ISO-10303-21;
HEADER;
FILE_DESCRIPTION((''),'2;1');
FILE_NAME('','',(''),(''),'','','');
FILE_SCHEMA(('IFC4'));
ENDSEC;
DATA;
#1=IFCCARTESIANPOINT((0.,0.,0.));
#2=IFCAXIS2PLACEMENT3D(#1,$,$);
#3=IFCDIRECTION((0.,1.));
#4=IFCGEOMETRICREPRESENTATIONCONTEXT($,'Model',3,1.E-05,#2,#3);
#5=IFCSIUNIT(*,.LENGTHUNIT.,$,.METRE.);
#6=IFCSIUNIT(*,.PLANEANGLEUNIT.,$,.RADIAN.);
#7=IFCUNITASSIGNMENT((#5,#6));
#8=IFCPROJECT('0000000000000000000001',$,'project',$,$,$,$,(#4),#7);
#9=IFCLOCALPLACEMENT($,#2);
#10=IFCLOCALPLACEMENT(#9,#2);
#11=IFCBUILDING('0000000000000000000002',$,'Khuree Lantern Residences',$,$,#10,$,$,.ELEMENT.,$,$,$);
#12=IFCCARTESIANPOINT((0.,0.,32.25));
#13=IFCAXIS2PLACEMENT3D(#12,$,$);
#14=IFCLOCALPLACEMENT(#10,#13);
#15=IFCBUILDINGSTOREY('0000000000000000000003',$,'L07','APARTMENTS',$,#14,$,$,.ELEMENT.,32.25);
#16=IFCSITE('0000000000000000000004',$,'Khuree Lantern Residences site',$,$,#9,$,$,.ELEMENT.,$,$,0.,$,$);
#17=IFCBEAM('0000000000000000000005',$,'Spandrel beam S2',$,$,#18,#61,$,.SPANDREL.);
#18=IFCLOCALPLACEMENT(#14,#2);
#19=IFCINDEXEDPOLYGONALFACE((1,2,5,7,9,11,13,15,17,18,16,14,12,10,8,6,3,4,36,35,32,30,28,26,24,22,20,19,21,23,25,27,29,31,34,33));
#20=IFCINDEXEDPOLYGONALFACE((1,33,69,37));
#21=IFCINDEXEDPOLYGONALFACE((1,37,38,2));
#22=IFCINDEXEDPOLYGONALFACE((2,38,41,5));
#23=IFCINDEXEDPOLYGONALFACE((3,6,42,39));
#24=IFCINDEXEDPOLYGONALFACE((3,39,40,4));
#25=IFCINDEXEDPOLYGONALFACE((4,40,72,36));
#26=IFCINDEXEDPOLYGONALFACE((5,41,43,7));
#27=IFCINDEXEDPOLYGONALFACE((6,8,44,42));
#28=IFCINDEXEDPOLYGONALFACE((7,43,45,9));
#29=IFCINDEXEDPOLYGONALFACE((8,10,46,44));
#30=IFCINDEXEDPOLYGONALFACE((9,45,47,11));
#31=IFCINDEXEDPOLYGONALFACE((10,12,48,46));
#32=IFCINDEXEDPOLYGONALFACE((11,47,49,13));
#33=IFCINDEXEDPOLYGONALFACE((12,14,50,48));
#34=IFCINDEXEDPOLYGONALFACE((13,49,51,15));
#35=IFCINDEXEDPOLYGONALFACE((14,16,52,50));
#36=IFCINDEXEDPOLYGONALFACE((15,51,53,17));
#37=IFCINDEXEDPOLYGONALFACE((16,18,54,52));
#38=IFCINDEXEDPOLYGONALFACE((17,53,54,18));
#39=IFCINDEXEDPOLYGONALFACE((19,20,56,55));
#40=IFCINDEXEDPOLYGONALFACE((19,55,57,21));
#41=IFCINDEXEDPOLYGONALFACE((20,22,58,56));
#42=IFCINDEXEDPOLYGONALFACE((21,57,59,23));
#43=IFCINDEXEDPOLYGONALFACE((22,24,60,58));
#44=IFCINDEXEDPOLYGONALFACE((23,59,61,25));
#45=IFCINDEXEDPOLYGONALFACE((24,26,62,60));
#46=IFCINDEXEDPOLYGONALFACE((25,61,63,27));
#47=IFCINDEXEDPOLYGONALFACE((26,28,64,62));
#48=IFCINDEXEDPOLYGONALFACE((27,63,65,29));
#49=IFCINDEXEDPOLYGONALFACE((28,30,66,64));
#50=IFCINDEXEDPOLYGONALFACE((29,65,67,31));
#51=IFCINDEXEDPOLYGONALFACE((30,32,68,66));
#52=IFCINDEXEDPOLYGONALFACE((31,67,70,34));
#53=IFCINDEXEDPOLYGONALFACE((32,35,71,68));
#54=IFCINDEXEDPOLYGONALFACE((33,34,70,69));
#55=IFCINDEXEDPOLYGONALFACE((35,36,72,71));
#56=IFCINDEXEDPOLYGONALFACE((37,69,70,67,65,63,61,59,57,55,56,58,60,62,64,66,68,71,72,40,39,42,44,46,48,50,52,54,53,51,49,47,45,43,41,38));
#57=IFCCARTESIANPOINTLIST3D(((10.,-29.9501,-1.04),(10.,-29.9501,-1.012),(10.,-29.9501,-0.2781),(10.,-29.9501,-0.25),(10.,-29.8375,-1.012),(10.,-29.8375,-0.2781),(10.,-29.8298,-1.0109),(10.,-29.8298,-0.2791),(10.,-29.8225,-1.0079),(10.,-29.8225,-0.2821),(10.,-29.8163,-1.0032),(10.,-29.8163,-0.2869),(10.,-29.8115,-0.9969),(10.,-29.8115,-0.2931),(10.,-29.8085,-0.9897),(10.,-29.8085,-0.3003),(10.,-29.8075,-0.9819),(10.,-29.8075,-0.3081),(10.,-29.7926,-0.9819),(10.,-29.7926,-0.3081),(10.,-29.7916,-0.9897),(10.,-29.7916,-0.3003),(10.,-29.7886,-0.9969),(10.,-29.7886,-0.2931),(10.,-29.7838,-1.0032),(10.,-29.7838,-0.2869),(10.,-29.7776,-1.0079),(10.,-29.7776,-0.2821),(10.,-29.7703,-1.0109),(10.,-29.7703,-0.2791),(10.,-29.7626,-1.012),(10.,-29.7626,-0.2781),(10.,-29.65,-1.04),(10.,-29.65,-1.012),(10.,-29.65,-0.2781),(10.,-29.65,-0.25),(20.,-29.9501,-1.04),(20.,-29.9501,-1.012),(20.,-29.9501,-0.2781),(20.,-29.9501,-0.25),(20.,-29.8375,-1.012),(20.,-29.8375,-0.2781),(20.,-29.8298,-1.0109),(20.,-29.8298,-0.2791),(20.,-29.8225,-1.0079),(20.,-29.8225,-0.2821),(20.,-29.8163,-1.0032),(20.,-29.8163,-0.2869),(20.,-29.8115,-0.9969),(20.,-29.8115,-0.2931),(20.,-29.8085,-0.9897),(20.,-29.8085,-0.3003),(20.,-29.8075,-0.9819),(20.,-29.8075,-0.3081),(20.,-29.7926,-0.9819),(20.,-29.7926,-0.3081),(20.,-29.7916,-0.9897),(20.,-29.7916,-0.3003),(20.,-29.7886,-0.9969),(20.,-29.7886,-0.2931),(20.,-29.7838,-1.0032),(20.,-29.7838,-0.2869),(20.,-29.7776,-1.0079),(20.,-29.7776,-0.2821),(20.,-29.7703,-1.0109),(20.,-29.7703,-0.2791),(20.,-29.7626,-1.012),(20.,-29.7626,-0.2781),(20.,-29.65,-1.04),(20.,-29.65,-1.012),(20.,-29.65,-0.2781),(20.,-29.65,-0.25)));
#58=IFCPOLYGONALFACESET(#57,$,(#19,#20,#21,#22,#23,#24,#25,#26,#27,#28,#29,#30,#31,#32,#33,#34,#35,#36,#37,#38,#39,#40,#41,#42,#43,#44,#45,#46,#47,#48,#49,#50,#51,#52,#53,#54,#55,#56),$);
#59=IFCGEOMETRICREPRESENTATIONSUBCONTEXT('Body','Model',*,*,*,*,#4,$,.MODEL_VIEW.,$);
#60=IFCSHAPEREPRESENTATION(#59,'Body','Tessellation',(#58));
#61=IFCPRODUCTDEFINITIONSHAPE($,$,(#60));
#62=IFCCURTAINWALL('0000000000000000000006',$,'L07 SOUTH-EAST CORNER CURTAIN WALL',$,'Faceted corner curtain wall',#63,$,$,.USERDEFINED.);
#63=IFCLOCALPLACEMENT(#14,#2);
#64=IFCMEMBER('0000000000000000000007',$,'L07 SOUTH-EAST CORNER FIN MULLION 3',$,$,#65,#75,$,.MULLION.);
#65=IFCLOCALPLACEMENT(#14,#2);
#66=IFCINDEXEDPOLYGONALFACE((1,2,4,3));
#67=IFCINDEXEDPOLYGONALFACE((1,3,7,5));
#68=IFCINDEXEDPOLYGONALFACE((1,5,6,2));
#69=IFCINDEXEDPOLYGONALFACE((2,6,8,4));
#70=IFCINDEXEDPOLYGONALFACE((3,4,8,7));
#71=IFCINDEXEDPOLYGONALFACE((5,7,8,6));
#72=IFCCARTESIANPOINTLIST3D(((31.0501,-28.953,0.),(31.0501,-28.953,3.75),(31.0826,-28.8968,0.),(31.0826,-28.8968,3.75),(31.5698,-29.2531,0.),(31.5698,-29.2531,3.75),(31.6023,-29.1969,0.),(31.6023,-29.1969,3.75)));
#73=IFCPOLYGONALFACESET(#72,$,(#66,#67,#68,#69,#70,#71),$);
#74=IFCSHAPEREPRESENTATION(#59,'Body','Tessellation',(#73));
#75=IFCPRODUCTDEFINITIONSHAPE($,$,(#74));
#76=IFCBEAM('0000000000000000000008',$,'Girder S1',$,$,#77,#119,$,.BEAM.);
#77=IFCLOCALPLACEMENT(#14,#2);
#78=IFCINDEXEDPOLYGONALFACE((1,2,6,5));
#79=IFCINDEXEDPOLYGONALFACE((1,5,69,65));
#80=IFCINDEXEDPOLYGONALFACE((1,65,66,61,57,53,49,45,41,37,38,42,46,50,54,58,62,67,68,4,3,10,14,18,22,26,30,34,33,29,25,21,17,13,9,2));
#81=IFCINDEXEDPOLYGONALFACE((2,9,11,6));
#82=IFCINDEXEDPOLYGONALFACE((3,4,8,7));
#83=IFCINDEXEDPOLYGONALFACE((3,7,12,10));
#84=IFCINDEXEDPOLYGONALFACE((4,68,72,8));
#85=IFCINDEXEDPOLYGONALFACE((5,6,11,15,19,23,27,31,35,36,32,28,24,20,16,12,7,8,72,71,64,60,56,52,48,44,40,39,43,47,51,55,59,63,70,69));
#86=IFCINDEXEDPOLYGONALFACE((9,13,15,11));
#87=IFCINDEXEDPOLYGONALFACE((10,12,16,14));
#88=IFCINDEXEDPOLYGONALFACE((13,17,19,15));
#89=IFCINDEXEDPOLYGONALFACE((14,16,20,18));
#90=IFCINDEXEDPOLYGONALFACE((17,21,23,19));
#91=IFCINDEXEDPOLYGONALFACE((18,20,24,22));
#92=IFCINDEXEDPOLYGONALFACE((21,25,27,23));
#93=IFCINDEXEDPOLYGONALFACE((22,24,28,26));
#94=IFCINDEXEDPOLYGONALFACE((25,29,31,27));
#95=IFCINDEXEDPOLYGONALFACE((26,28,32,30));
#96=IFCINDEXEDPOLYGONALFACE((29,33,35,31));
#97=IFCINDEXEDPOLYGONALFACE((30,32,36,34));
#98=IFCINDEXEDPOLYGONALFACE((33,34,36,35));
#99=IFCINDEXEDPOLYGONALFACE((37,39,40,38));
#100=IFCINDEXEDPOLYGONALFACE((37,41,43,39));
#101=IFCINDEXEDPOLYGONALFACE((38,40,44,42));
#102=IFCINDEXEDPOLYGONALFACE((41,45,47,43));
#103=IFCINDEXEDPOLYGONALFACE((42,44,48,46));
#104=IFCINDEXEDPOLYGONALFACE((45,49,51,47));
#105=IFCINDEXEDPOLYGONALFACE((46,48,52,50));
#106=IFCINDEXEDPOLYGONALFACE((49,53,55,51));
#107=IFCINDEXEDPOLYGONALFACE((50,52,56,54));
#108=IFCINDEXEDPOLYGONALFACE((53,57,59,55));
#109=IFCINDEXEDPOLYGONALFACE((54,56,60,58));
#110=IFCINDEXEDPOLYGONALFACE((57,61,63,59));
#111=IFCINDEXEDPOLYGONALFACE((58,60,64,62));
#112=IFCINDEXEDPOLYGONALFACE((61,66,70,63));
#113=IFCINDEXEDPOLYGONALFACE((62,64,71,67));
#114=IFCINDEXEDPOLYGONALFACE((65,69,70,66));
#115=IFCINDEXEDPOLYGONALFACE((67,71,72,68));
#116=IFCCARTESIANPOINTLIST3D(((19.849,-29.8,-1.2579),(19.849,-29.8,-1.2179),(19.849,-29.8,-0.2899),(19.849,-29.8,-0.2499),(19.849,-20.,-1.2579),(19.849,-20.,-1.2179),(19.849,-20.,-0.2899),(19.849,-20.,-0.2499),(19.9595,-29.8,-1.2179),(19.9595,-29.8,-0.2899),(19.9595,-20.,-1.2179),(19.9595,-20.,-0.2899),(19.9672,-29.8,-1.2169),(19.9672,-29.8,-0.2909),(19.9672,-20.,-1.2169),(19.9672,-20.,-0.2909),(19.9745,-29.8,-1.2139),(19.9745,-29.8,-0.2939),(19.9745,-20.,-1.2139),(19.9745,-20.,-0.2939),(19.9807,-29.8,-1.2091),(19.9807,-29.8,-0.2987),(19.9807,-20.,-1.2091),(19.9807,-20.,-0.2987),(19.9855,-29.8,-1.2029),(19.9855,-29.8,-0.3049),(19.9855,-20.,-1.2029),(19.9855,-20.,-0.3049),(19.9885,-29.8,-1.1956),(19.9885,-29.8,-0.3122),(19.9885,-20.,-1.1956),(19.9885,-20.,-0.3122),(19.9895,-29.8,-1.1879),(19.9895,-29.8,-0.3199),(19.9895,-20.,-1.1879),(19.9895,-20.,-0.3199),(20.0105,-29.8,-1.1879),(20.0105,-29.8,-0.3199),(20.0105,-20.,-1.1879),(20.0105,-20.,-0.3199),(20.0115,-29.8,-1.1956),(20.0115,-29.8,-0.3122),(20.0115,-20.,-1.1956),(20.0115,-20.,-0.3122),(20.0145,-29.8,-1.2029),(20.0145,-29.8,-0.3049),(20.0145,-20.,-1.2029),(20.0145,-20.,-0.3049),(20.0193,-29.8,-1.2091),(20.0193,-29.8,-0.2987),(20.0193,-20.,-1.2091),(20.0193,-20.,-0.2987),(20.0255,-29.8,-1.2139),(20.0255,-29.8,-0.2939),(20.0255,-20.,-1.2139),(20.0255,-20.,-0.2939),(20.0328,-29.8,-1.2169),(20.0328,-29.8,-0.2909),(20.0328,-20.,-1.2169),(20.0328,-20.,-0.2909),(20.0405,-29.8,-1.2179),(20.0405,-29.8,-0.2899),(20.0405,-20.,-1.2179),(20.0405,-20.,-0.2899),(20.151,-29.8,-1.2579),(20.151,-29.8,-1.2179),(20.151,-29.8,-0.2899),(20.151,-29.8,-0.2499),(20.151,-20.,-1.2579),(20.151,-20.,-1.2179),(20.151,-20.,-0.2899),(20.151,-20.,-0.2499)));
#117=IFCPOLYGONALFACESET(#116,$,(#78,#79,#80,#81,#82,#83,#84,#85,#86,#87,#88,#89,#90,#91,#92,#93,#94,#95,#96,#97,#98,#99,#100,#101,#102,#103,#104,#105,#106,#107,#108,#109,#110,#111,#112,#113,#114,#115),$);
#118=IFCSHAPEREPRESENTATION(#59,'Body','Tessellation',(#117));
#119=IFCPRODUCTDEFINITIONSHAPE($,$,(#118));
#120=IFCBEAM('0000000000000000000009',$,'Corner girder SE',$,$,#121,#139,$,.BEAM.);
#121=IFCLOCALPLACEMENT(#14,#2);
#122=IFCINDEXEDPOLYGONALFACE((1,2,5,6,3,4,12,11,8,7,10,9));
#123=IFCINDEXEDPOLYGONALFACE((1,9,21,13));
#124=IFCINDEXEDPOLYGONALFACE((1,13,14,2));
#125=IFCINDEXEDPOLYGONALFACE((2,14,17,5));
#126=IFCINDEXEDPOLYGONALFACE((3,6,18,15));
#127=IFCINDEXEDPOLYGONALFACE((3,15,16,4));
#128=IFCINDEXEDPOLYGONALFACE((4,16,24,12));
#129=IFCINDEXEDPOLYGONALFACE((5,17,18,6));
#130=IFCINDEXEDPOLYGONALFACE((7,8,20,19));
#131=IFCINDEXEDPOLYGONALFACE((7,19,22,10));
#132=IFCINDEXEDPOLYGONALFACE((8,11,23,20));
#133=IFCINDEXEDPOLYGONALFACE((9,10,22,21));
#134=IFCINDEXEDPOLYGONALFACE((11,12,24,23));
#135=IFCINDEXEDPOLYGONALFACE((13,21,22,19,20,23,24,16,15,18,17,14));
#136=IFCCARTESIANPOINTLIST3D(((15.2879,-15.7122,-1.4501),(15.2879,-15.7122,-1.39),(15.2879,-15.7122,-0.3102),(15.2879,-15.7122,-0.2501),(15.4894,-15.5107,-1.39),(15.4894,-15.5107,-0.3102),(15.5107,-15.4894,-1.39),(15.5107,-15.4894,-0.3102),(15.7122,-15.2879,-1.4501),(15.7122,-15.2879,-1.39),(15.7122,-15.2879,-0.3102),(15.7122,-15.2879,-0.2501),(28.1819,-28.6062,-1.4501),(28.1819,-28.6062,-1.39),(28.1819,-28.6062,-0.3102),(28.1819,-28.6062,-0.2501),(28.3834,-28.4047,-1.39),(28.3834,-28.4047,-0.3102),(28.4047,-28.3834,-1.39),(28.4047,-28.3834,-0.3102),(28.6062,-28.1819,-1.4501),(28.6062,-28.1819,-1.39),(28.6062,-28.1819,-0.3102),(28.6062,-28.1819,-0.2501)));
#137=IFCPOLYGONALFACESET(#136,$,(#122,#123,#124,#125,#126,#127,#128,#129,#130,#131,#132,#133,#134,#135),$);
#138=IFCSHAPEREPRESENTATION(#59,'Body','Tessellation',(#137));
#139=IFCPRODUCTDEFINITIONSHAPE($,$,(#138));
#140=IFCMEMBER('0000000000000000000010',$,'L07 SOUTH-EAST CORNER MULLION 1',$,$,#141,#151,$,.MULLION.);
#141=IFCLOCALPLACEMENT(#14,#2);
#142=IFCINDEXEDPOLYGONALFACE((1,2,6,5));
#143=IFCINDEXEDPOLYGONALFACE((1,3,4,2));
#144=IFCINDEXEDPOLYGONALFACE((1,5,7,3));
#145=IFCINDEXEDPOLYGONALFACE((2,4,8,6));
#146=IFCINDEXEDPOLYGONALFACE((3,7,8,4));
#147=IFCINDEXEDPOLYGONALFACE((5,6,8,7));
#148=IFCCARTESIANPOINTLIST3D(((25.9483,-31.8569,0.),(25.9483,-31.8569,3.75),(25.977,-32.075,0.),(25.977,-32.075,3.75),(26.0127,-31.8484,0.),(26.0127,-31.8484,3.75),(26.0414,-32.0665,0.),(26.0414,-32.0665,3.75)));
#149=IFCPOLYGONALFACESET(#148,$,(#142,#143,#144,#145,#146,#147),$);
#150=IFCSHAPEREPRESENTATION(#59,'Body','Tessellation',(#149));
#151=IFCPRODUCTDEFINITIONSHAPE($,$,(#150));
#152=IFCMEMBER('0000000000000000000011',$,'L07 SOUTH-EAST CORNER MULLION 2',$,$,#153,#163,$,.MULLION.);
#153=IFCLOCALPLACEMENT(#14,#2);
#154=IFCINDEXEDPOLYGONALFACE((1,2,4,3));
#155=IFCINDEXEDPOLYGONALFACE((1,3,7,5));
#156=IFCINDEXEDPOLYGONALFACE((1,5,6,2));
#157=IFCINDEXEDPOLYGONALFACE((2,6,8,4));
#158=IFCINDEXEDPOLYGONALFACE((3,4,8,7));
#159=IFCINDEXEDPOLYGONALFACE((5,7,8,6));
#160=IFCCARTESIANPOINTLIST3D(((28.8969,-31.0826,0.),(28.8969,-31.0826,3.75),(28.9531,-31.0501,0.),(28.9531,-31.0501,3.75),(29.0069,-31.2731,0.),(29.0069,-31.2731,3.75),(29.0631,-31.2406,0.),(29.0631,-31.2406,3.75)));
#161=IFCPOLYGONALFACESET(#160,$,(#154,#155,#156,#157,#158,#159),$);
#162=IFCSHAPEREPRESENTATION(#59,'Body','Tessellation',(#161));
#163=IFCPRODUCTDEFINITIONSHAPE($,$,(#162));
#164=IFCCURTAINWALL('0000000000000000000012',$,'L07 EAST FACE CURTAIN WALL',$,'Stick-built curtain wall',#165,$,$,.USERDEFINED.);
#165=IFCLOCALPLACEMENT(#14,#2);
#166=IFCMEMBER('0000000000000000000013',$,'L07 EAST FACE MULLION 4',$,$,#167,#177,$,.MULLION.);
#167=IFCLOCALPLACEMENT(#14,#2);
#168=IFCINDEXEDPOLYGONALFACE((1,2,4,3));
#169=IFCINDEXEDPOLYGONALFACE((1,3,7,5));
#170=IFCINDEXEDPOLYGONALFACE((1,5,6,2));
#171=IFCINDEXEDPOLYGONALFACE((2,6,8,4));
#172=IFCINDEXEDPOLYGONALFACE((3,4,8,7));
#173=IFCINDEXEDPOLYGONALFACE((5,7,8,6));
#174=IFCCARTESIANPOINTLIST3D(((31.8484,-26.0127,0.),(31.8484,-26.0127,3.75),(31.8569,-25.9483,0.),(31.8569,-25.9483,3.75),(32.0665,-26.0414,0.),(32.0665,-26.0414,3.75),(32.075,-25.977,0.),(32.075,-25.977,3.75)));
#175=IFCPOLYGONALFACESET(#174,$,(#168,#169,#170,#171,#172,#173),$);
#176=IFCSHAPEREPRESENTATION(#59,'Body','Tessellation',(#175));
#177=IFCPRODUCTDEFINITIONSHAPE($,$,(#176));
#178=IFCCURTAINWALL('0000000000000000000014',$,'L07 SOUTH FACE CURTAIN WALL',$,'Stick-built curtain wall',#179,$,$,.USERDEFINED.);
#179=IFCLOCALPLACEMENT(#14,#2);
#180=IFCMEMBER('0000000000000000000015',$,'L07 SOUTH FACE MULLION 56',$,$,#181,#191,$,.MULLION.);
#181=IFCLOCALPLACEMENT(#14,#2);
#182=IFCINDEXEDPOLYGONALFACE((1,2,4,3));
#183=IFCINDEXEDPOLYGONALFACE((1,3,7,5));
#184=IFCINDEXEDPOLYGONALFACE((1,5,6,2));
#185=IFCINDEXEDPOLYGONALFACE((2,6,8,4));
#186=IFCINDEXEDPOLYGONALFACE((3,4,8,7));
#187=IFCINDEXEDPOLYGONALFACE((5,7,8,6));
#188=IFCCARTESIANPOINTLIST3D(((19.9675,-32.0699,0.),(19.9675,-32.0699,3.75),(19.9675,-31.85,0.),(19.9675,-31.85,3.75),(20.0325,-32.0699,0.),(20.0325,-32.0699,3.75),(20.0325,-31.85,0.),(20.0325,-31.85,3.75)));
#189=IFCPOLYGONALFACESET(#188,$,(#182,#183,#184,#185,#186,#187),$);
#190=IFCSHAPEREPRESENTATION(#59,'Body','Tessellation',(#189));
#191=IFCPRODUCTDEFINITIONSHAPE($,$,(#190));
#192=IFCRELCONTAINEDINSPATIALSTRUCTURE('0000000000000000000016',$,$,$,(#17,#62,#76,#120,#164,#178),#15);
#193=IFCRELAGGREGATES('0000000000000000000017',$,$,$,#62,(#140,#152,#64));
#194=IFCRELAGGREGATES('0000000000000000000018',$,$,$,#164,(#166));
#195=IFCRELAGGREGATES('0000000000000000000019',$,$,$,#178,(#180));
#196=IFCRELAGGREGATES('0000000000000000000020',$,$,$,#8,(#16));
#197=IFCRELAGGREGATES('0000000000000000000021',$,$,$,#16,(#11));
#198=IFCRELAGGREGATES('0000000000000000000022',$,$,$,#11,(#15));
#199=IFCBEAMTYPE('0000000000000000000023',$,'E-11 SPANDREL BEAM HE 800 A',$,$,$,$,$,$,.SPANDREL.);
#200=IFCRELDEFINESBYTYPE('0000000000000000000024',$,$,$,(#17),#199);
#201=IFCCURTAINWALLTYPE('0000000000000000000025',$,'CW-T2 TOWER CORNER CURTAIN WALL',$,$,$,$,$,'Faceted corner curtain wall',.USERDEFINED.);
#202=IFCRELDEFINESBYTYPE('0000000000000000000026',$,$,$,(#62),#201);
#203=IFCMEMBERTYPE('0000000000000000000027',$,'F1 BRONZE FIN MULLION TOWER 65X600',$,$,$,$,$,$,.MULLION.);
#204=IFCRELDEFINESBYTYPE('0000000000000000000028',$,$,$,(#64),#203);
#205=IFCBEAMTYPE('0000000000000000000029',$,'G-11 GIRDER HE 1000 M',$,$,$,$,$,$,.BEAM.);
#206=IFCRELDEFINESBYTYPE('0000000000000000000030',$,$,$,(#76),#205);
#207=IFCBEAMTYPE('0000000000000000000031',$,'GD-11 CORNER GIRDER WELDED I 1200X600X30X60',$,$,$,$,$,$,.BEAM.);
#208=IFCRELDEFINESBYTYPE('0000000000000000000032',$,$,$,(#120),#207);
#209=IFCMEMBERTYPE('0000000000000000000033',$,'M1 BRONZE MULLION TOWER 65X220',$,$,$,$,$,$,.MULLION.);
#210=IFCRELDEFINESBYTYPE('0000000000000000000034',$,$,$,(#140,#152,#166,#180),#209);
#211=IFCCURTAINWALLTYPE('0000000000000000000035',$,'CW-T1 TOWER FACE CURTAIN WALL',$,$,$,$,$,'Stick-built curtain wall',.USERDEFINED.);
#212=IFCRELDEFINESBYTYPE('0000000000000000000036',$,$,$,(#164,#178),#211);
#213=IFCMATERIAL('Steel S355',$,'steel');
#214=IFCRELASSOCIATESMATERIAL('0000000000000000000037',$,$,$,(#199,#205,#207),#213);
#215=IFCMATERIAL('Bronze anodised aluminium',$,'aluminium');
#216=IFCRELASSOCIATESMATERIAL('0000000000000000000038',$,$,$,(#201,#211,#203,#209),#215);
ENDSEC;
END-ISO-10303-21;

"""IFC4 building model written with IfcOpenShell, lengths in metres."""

from ifc_helpers import new_model, si_unit, direction, frame, origin, origin_2d, place, context, subcontext, project, spatial, rectangle, i_section, extrude, material, material_profile, profile_set, type_object, element, aggregate, save


model = new_model("IFC4")

# Units and contexts
model_context = context("Model", 3, precision=1e-05, world=origin(), true_north=direction((0.0, 1.0)))
body_context = subcontext(model_context, "Body", "Model", "MODEL_VIEW")
ifc_project = project(units=[si_unit("LENGTHUNIT", "METRE"), si_unit("PLANEANGLEUNIT", "RADIAN")], contexts=[model_context])

# Site, building, storey
site_placement = place(None, origin())
site = spatial("IfcSite", under=ifc_project, at=site_placement, Name="Khuree Lantern Residences site", CompositionType="ELEMENT", RefElevation=0.0)
building_placement = place(site_placement, origin())
building = spatial("IfcBuilding", under=site, at=building_placement, Name="Khuree Lantern Residences", CompositionType="ELEMENT")
storey_placement = place(building_placement, frame((0.0, 0.0, 32.25)))
storey = spatial("IfcBuildingStorey", under=building, at=storey_placement, Name="L07", Description="APARTMENTS", CompositionType="ELEMENT", Elevation=32.25)

# Beam
ifc_material_1 = material(Name="Steel S355", Category="steel")
ifc_material_profile_1 = material_profile(ifc_material_1, i_section(OverallWidth=0.3, OverallDepth=0.79, WebThickness=0.0149, FlangeThickness=0.0281, FilletRadius=0.03, at=origin_2d()), Name="HE 800 A")
ifc_profile_set_1 = profile_set([ifc_material_profile_1], Name="Steel S355")
beam_type_1 = type_object("IfcBeamType", Name="E-11 SPANDREL BEAM HE 800 A", PredefinedType="SPANDREL", material=ifc_profile_set_1)
beam_1_placement = place(storey_placement, frame((20.0, -29.8, -0.645), z_axis=(-1.0, 0.0, 0.0), x_axis=(0.0, -1.0, 0.0)))
element("IfcBeam", 1, at=beam_1_placement, inside=storey, type_object=beam_type_1, Name="Spandrel beam S2", PredefinedType="SPANDREL", context=body_context, shape_type="SweptSolid", body=[
    extrude(i_section(OverallWidth=0.3, OverallDepth=0.79, WebThickness=0.0149, FlangeThickness=0.0281, FilletRadius=0.03, at=origin_2d()), origin(), (0.0, 0.0, 1.0), 10.0),
])

# Curtain wall, member
ifc_material_2 = material(Name="Bronze anodised aluminium", Category="aluminium")
curtain_wall_type_1 = type_object("IfcCurtainWallType", Name="CW-T2 TOWER CORNER CURTAIN WALL", ElementType="Faceted corner curtain wall", PredefinedType="USERDEFINED", material=ifc_material_2)
curtain_wall_1_placement = place(storey_placement, origin())
curtain_wall_1 = element("IfcCurtainWall", 2, at=curtain_wall_1_placement, inside=storey, type_object=curtain_wall_type_1, Name="L07 SOUTH-EAST CORNER CURTAIN WALL", ObjectType="Faceted corner curtain wall", PredefinedType="USERDEFINED")
ifc_material_profile_2 = material_profile(ifc_material_2, rectangle(XDim=0.0649, YDim=0.6001, at=origin_2d()), Name="F1 65X600")
ifc_profile_set_2 = profile_set([ifc_material_profile_2], Name="Bronze anodised aluminium")
member_type_1 = type_object("IfcMemberType", Name="F1 BRONZE FIN MULLION TOWER 65X600", PredefinedType="MULLION", material=ifc_profile_set_2)
member_1_placement = place(storey_placement, frame((31.3262, -29.075, 0.0), z_axis=(0.0, 0.0, 1.0), x_axis=(0.5, 0.866025, 0.0)))
member_1 = element("IfcMember", 3, at=member_1_placement, type_object=member_type_1, Name="L07 SOUTH-EAST CORNER FIN MULLION 3", PredefinedType="MULLION", context=body_context, shape_type="SweptSolid", body=[
    extrude(rectangle(XDim=0.0649, YDim=0.6001, at=origin_2d()), origin(), (0.0, 0.0, 1.0), 3.75),
])

# Beams
ifc_material_profile_3 = material_profile(ifc_material_1, i_section(OverallWidth=0.302, OverallDepth=1.0081, WebThickness=0.021, FlangeThickness=0.04, FilletRadius=0.03, at=origin_2d()), Name="HE 1000 M")
ifc_profile_set_3 = profile_set([ifc_material_profile_3], Name="Steel S355")
beam_type_2 = type_object("IfcBeamType", Name="G-11 GIRDER HE 1000 M", PredefinedType="BEAM", material=ifc_profile_set_3)
beam_2_placement = place(storey_placement, frame((20.0, -29.8, -0.7539), z_axis=(0.0, 1.0, 0.0), x_axis=(-1.0, 0.0, 0.0)))
element("IfcBeam", 4, at=beam_2_placement, inside=storey, type_object=beam_type_2, Name="Girder S1", PredefinedType="BEAM", context=body_context, shape_type="SweptSolid", body=[
    extrude(i_section(OverallWidth=0.302, OverallDepth=1.0081, WebThickness=0.021, FlangeThickness=0.04, FilletRadius=0.03, at=origin_2d()), origin(), (0.0, 0.0, 1.0), 9.8),
])
ifc_material_profile_4 = material_profile(ifc_material_1, i_section(OverallWidth=0.6001, OverallDepth=1.2, WebThickness=0.03, FlangeThickness=0.0601, at=origin_2d()), Name="WELDED I 1200X600X30X60")
ifc_profile_set_4 = profile_set([ifc_material_profile_4], Name="Steel S355")
beam_type_3 = type_object("IfcBeamType", Name="GD-11 CORNER GIRDER WELDED I 1200X600X30X60", PredefinedType="BEAM", material=ifc_profile_set_4)
beam_3_placement = place(storey_placement, frame((28.394, -28.394, -0.8501), z_axis=(-0.707107, 0.707107, 0.0), x_axis=(-0.707107, -0.707107, 0.0)))
element("IfcBeam", 5, at=beam_3_placement, inside=storey, type_object=beam_type_3, Name="Corner girder SE", PredefinedType="BEAM", context=body_context, shape_type="SweptSolid", body=[
    extrude(i_section(OverallWidth=0.6001, OverallDepth=1.2, WebThickness=0.03, FlangeThickness=0.0601, at=origin_2d()), origin(), (0.0, 0.0, 1.0), 18.2349),
])

# Members
ifc_material_profile_5 = material_profile(ifc_material_2, rectangle(XDim=0.0649, YDim=0.22, at=origin_2d()), Name="M1 65X220")
ifc_profile_set_5 = profile_set([ifc_material_profile_5], Name="Bronze anodised aluminium")
member_type_2 = type_object("IfcMemberType", Name="M1 BRONZE MULLION TOWER 65X220", PredefinedType="MULLION", material=ifc_profile_set_5)
member_2_placement = place(storey_placement, frame((25.9949, -31.9617, 0.0), z_axis=(0.0, 0.0, 1.0), x_axis=(0.991445, 0.130526, 0.0)))
member_2 = element("IfcMember", 6, at=member_2_placement, type_object=member_type_2, Name="L07 SOUTH-EAST CORNER MULLION 1", PredefinedType="MULLION", context=body_context, shape_type="SweptSolid", body=[
    extrude(rectangle(XDim=0.0649, YDim=0.22, at=origin_2d()), origin(), (0.0, 0.0, 1.0), 3.75),
])
member_3_placement = place(storey_placement, frame((28.98, -31.1616, 0.0), z_axis=(0.0, 0.0, 1.0), x_axis=(0.866025, 0.5, 0.0)))
member_3 = element("IfcMember", 7, at=member_3_placement, type_object=member_type_2, Name="L07 SOUTH-EAST CORNER MULLION 2", PredefinedType="MULLION", context=body_context, shape_type="SweptSolid", body=[
    extrude(rectangle(XDim=0.0649, YDim=0.22, at=origin_2d()), origin(), (0.0, 0.0, 1.0), 3.75),
])

# Curtain walls, members
curtain_wall_type_2 = type_object("IfcCurtainWallType", Name="CW-T1 TOWER FACE CURTAIN WALL", ElementType="Stick-built curtain wall", PredefinedType="USERDEFINED", material=ifc_material_2)
curtain_wall_2_placement = place(storey_placement, origin())
curtain_wall_2 = element("IfcCurtainWall", 8, at=curtain_wall_2_placement, inside=storey, type_object=curtain_wall_type_2, Name="L07 EAST FACE CURTAIN WALL", ObjectType="Stick-built curtain wall", PredefinedType="USERDEFINED")
member_4_placement = place(storey_placement, frame((31.9617, -25.9949, 0.0), z_axis=(0.0, 0.0, 1.0), x_axis=(0.130526, 0.991445, 0.0)))
member_4 = element("IfcMember", 9, at=member_4_placement, type_object=member_type_2, Name="L07 EAST FACE MULLION 4", PredefinedType="MULLION", context=body_context, shape_type="SweptSolid", body=[
    extrude(rectangle(XDim=0.0649, YDim=0.22, at=origin_2d()), origin(), (0.0, 0.0, 1.0), 3.75),
])
curtain_wall_3_placement = place(storey_placement, origin())
curtain_wall_3 = element("IfcCurtainWall", 10, at=curtain_wall_3_placement, inside=storey, type_object=curtain_wall_type_2, Name="L07 SOUTH FACE CURTAIN WALL", ObjectType="Stick-built curtain wall", PredefinedType="USERDEFINED")
member_5_placement = place(storey_placement, frame((20.0, -31.96, 0.0), z_axis=(0.0, 0.0, 1.0), x_axis=(1.0, 0.0, 0.0)))
member_5 = element("IfcMember", 11, at=member_5_placement, type_object=member_type_2, Name="L07 SOUTH FACE MULLION 56", PredefinedType="MULLION", context=body_context, shape_type="SweptSolid", body=[
    extrude(rectangle(XDim=0.0649, YDim=0.22, at=origin_2d()), origin(), (0.0, 0.0, 1.0), 3.75),
])

aggregate(curtain_wall_1, [member_2, member_3, member_1])
aggregate(curtain_wall_2, [member_4])
aggregate(curtain_wall_3, [member_5])

save(model, "model.ifc")
